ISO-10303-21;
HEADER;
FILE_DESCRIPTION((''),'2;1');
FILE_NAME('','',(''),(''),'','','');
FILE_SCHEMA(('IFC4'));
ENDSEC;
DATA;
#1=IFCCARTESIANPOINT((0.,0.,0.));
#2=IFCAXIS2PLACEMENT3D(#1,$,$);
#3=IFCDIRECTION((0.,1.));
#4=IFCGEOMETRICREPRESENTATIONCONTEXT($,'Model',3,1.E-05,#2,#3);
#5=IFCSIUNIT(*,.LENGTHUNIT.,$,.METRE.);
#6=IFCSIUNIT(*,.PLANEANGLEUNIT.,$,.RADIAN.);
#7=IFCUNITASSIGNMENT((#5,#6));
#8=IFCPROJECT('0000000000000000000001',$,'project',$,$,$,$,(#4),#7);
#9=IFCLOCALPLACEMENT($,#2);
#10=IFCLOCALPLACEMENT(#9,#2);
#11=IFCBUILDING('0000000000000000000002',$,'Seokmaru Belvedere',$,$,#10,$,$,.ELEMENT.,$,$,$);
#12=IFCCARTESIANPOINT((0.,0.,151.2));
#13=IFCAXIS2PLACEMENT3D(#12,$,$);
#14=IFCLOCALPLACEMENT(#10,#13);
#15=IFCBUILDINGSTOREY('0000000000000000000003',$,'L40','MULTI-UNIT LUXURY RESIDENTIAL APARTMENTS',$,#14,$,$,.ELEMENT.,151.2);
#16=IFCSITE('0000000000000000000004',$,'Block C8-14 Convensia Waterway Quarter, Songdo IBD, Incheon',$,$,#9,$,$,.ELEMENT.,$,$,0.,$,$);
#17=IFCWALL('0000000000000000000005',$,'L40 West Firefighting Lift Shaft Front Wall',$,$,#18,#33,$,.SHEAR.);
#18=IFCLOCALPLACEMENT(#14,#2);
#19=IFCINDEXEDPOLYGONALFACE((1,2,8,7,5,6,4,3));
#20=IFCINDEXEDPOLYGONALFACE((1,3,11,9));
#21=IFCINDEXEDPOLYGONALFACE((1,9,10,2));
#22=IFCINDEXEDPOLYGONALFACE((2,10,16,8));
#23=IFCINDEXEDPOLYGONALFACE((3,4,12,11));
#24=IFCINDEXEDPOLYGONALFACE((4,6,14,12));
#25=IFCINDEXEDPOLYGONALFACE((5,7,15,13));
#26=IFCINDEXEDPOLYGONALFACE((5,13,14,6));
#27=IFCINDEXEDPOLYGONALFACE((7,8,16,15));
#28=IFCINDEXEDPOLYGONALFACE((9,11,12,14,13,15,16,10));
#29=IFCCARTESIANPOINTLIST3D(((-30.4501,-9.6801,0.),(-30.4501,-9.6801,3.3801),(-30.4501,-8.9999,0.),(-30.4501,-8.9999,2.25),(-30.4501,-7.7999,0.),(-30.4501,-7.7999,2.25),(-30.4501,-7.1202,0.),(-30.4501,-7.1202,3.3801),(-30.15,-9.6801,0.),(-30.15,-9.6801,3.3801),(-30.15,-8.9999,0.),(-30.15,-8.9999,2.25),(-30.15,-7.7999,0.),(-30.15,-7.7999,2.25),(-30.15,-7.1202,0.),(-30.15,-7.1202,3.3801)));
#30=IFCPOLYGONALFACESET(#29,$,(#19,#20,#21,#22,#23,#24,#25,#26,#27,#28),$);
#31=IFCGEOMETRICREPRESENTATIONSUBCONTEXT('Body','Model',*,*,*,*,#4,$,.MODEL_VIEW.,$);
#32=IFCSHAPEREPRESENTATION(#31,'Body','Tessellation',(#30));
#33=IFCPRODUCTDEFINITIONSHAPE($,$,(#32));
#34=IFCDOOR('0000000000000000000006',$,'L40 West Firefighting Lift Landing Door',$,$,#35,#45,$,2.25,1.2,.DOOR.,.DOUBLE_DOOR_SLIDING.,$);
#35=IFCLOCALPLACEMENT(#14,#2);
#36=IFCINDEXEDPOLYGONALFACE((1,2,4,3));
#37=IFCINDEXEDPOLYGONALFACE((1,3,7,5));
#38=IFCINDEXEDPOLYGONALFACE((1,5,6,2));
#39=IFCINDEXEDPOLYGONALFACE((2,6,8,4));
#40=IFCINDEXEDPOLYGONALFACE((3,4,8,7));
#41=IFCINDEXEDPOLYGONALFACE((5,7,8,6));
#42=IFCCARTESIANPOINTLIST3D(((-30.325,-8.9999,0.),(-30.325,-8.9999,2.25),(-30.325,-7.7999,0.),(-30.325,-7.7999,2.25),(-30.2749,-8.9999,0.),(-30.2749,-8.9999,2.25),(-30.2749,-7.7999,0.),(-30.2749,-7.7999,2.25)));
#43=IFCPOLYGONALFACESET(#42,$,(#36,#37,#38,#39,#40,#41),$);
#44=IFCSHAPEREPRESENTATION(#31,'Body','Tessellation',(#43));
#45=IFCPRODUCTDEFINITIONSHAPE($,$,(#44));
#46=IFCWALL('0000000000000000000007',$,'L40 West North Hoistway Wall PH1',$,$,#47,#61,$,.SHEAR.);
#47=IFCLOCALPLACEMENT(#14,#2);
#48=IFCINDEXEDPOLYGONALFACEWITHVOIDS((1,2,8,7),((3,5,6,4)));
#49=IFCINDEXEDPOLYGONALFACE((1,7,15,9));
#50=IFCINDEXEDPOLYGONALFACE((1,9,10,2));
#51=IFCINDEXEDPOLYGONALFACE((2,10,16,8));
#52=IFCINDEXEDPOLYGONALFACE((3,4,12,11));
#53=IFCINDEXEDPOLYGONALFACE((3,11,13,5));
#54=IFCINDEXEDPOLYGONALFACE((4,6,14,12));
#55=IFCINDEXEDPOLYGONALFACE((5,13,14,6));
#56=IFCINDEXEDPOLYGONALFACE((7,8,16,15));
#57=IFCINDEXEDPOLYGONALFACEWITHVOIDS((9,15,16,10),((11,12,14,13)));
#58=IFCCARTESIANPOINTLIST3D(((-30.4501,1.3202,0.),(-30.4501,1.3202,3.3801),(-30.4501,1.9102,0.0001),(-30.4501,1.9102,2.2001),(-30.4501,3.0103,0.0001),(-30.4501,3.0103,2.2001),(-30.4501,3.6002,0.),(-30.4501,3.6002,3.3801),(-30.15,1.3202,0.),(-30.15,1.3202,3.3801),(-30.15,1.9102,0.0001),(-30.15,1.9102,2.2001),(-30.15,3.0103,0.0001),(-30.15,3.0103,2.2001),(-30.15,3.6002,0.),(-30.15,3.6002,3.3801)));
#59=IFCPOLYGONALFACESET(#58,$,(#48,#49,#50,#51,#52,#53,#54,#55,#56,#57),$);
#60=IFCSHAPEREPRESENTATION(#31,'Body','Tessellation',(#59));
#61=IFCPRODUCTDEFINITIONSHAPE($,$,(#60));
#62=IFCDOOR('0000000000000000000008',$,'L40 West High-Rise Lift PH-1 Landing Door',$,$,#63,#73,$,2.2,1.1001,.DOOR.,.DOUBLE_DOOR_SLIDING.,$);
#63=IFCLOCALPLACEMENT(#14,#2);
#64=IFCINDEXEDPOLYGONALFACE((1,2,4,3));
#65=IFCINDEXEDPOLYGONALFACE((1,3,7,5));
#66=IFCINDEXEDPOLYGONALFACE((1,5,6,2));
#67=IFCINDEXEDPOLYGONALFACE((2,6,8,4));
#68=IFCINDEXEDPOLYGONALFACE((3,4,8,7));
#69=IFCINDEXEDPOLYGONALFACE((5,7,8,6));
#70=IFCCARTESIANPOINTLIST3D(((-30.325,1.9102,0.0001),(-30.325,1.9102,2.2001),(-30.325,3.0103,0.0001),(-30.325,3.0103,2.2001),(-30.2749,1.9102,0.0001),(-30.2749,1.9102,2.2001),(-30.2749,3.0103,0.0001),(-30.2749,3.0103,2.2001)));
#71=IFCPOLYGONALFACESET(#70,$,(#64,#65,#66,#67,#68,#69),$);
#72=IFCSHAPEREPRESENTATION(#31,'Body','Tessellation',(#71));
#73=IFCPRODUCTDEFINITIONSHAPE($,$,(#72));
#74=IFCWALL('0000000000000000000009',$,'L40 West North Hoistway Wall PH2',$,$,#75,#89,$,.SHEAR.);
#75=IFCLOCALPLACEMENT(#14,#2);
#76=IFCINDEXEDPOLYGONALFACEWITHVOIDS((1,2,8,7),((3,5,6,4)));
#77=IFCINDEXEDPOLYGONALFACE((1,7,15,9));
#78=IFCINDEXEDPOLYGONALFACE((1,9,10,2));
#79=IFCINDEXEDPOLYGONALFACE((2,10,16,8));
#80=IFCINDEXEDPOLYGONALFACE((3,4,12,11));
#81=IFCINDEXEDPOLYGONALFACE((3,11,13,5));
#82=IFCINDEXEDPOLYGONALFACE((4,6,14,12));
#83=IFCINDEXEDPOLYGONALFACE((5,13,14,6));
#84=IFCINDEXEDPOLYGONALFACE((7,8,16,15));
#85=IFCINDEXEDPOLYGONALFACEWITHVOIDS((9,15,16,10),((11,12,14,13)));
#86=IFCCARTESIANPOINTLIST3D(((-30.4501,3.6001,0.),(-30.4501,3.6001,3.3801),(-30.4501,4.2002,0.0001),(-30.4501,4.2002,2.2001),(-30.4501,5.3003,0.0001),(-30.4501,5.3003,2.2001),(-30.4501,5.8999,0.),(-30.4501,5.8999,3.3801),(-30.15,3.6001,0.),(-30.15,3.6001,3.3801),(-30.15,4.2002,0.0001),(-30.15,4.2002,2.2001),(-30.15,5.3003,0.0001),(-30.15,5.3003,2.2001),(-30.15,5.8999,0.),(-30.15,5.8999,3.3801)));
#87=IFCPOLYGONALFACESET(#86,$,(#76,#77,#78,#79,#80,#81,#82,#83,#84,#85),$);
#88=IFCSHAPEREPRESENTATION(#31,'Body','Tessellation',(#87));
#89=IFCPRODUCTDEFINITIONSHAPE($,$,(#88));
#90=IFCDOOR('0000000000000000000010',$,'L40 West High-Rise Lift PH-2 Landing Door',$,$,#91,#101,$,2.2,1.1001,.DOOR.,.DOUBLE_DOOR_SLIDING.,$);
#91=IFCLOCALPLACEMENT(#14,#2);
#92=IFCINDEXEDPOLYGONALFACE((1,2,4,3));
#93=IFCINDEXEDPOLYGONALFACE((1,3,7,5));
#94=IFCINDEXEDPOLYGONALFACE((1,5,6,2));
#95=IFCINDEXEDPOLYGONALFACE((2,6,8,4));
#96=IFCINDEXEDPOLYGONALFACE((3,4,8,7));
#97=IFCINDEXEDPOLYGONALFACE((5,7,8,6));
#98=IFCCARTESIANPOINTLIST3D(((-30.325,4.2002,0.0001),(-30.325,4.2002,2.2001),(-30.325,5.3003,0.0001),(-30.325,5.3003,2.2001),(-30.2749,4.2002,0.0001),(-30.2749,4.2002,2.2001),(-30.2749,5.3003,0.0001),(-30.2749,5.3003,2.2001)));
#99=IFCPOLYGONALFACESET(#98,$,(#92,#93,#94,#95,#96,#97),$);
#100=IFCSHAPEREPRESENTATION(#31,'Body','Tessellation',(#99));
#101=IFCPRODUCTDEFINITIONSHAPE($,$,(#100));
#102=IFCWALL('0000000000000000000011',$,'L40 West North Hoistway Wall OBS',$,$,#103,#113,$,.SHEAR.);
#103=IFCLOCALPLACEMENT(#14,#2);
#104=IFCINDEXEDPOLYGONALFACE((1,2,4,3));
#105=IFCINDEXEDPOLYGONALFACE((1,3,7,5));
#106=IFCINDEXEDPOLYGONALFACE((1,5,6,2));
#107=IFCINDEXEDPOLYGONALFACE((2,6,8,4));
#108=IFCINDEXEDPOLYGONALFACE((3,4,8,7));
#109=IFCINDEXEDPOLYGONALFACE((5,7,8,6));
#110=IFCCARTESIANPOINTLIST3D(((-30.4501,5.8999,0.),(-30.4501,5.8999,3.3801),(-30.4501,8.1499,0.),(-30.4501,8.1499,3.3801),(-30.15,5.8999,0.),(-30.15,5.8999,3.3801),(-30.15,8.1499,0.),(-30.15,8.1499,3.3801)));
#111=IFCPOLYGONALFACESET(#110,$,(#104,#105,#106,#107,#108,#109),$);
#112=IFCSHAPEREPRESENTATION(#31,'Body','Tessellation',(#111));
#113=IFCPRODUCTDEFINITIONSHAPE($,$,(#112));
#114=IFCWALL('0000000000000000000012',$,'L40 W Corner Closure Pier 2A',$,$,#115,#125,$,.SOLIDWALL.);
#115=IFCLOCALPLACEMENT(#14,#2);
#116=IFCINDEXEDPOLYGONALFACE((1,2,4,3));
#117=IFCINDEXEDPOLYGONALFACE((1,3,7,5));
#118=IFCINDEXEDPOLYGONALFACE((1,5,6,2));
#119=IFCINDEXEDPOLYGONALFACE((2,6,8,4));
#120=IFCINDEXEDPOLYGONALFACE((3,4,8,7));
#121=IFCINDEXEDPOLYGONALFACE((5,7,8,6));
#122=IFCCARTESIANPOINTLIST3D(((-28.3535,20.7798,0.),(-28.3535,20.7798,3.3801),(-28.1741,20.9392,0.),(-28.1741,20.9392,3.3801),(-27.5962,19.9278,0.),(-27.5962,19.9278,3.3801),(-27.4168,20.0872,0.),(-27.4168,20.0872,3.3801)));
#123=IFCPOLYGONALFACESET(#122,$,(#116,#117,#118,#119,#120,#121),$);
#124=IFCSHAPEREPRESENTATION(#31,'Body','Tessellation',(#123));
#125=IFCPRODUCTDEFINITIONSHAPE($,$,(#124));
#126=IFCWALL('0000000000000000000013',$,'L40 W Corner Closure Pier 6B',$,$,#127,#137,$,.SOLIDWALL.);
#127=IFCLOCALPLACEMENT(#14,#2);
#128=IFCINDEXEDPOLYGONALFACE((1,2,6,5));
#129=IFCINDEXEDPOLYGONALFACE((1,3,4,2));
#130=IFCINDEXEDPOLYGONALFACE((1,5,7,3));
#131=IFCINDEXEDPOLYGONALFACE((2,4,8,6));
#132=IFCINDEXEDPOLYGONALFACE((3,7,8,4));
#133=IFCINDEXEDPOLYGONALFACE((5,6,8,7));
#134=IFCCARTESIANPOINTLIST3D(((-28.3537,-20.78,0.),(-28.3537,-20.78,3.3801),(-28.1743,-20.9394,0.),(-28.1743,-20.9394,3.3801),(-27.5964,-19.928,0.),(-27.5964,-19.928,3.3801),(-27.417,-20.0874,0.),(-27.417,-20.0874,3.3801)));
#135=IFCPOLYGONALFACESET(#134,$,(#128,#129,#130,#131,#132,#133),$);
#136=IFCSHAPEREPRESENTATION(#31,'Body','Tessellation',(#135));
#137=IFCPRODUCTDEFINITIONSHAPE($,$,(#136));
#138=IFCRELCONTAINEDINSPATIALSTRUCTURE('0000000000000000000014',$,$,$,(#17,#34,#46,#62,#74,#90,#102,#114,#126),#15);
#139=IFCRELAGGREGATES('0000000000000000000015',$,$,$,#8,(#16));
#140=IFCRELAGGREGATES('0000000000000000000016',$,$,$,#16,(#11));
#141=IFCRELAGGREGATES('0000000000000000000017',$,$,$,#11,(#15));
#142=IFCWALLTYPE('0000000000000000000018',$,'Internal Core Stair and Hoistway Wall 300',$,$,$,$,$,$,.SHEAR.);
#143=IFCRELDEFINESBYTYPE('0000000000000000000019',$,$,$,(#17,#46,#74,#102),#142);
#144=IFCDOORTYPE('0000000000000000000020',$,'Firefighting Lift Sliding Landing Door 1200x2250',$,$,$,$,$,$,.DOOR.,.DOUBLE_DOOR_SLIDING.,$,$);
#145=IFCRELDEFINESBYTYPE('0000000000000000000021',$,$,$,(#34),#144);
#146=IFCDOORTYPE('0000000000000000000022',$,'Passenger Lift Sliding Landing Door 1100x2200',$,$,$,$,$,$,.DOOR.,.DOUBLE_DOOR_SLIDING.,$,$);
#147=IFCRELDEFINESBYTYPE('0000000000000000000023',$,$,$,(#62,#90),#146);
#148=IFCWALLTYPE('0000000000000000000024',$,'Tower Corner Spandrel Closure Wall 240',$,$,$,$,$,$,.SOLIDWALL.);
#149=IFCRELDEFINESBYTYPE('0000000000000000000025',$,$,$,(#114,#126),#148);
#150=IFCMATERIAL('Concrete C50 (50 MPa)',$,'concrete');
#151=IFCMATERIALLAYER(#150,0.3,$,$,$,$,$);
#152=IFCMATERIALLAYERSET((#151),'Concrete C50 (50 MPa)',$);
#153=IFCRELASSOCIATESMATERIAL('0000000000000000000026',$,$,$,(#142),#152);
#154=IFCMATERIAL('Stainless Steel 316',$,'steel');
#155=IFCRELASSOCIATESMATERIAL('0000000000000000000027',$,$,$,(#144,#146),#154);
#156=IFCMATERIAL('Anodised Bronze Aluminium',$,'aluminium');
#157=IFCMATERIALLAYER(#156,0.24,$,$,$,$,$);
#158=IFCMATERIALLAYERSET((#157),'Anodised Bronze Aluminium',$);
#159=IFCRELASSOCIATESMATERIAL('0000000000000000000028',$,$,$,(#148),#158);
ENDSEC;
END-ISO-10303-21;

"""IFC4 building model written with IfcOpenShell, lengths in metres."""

from ifc_helpers import new_model, si_unit, direction, frame, frame_2d, origin, place, context, subcontext, project, spatial, rectangle, extrude, source, transform, mapped, material, layer, layer_set, type_object, type_shapes, element, fill, save


model = new_model("IFC4")

# Units and contexts
model_context = context("Model", 3, precision=1e-05, world=origin(), true_north=direction((0.0, 1.0)))
body_context = subcontext(model_context, "Body", "Model", "MODEL_VIEW")
ifc_project = project(units=[si_unit("LENGTHUNIT", "METRE"), si_unit("PLANEANGLEUNIT", "RADIAN")], contexts=[model_context])

# Site, building, storey
site_placement = place(None, origin())
site = spatial("IfcSite", under=ifc_project, at=site_placement, Name="Block C8-14 Convensia Waterway Quarter, Songdo IBD, Incheon", CompositionType="ELEMENT", RefElevation=0.0)
building_placement = place(site_placement, origin())
building = spatial("IfcBuilding", under=site, at=building_placement, Name="Seokmaru Belvedere", CompositionType="ELEMENT")
storey_placement = place(building_placement, frame((0.0, 0.0, 151.2)))
storey = spatial("IfcBuildingStorey", under=building, at=storey_placement, Name="L40", Description="MULTI-UNIT LUXURY RESIDENTIAL APARTMENTS", CompositionType="ELEMENT", Elevation=151.2)

# Shared definitions
ifc_material_1 = material(Name="Anodised Bronze Aluminium", Category="aluminium")

# Shared definitions
ifc_material_2 = material(Name="Concrete C50 (50 MPa)", Category="concrete")

# Walls, openings, doors
ifc_layer_1 = layer(ifc_material_2, 0.3)
ifc_layer_set_1 = layer_set([ifc_layer_1], Name="Concrete C50 (50 MPa)")
wall_type_1 = type_object("IfcWallType", Name="Internal Core Stair and Hoistway Wall 300", PredefinedType="SHEAR", material=ifc_layer_set_1)
wall_1_placement = place(storey_placement, frame((-30.3, -9.6799, 0.0), z_axis=(0.0, 0.0, 1.0), x_axis=(0.0, 1.0, 0.0)))
wall_1 = element("IfcWall", 1, at=wall_1_placement, inside=storey, type_object=wall_type_1, Name="L40 West Firefighting Lift Shaft Front Wall", PredefinedType="SHEAR", context=body_context, shape_type="SweptSolid", body=[
    extrude(rectangle(XDim=2.5598, YDim=0.3, at=frame_2d((1.2798, 0.0))), origin(), (0.0, 0.0, 1.0), 3.3801),
])
opening_1_placement = place(wall_1_placement, frame((0.6799, 0.0, 0.0)))
opening_1 = element("IfcOpeningElement", 2, at=opening_1_placement, cuts=wall_1, PredefinedType="OPENING", context=body_context, shape_type="SweptSolid", body=[
    extrude(rectangle(XDim=1.2, YDim=2.25, at=frame_2d((0.6001, 1.125))), frame((0.0, 0.1602, 0.0), z_axis=(0.0, -1.0, 0.0), x_axis=(1.0, 0.0, 0.0)), (0.0, 0.0, 1.0), 0.3201),
])
ifc_material_3 = material(Name="Stainless Steel 316", Category="steel")
door_type_1 = type_object("IfcDoorType", Name="Firefighting Lift Sliding Landing Door 1200x2250", OperationType="DOUBLE_DOOR_SLIDING", PredefinedType="DOOR", material=ifc_material_3)
shared_shape_1 = source(origin(), body_context, "Body", "SweptSolid", [
    extrude(rectangle(XDim=1.2, YDim=2.25, at=frame_2d((0.6001, 1.125))), frame((0.0, 0.0249, 0.0), z_axis=(0.0, -1.0, 0.0), x_axis=(1.0, 0.0, 0.0)), (0.0, 0.0, 1.0), 0.05),
])
type_shapes(door_type_1, [shared_shape_1])
door_1_placement = place(opening_1_placement, origin())
door_1 = element("IfcDoor", 3, at=door_1_placement, inside=storey, type_object=door_type_1, Name="L40 West Firefighting Lift Landing Door", OperationType="DOUBLE_DOOR_SLIDING", OverallHeight=2.25, OverallWidth=1.2, PredefinedType="DOOR", context=body_context, shape_type="MappedRepresentation", body=[
    mapped(shared_shape_1, transform((0.0, 0.0, 0.0), scale=1.0)),
])
fill(opening_1, door_1)
wall_2_placement = place(storey_placement, frame((-30.3, 1.3201, 0.0), z_axis=(0.0, 0.0, 1.0), x_axis=(0.0, 1.0, 0.0)))
wall_2 = element("IfcWall", 4, at=wall_2_placement, inside=storey, type_object=wall_type_1, Name="L40 West North Hoistway Wall PH1", PredefinedType="SHEAR", context=body_context, shape_type="SweptSolid", body=[
    extrude(rectangle(XDim=2.28, YDim=0.3, at=frame_2d((1.1401, 0.0))), origin(), (0.0, 0.0, 1.0), 3.3801),
])
opening_2_placement = place(wall_2_placement, frame((0.5901, 0.0, 0.0)))
opening_2 = element("IfcOpeningElement", 5, at=opening_2_placement, cuts=wall_2, PredefinedType="OPENING", context=body_context, shape_type="SweptSolid", body=[
    extrude(rectangle(XDim=1.1001, YDim=2.2, at=frame_2d((0.55, 1.1001))), frame((0.0, 0.1602, 0.0), z_axis=(0.0, -1.0, 0.0), x_axis=(1.0, 0.0, 0.0)), (0.0, 0.0, 1.0), 0.3201),
])
door_type_2 = type_object("IfcDoorType", Name="Passenger Lift Sliding Landing Door 1100x2200", OperationType="DOUBLE_DOOR_SLIDING", PredefinedType="DOOR", material=ifc_material_3)
shared_shape_2 = source(origin(), body_context, "Body", "SweptSolid", [
    extrude(rectangle(XDim=1.1001, YDim=2.2, at=frame_2d((0.55, 1.1001))), frame((0.0, 0.0249, 0.0), z_axis=(0.0, -1.0, 0.0), x_axis=(1.0, 0.0, 0.0)), (0.0, 0.0, 1.0), 0.05),
])
type_shapes(door_type_2, [shared_shape_2])
door_2_placement = place(opening_2_placement, origin())
door_2 = element("IfcDoor", 6, at=door_2_placement, inside=storey, type_object=door_type_2, Name="L40 West High-Rise Lift PH-1 Landing Door", OperationType="DOUBLE_DOOR_SLIDING", OverallHeight=2.2, OverallWidth=1.1001, PredefinedType="DOOR", context=body_context, shape_type="MappedRepresentation", body=[
    mapped(shared_shape_2, transform((0.0, 0.0, 0.0), scale=1.0)),
])
fill(opening_2, door_2)
wall_3_placement = place(storey_placement, frame((-30.3, 3.6001, 0.0), z_axis=(0.0, 0.0, 1.0), x_axis=(0.0, 1.0, 0.0)))
wall_3 = element("IfcWall", 7, at=wall_3_placement, inside=storey, type_object=wall_type_1, Name="L40 West North Hoistway Wall PH2", PredefinedType="SHEAR", context=body_context, shape_type="SweptSolid", body=[
    extrude(rectangle(XDim=2.2998, YDim=0.3, at=frame_2d((1.1499, 0.0))), origin(), (0.0, 0.0, 1.0), 3.3801),
])
opening_3_placement = place(wall_3_placement, frame((0.6001, 0.0, 0.0)))
opening_3 = element("IfcOpeningElement", 8, at=opening_3_placement, cuts=wall_3, PredefinedType="OPENING", context=body_context, shape_type="SweptSolid", body=[
    extrude(rectangle(XDim=1.1001, YDim=2.2, at=frame_2d((0.55, 1.1001))), frame((0.0, 0.1602, 0.0), z_axis=(0.0, -1.0, 0.0), x_axis=(1.0, 0.0, 0.0)), (0.0, 0.0, 1.0), 0.3201),
])
door_3_placement = place(opening_3_placement, origin())
door_3 = element("IfcDoor", 9, at=door_3_placement, inside=storey, type_object=door_type_2, Name="L40 West High-Rise Lift PH-2 Landing Door", OperationType="DOUBLE_DOOR_SLIDING", OverallHeight=2.2, OverallWidth=1.1001, PredefinedType="DOOR", context=body_context, shape_type="MappedRepresentation", body=[
    mapped(shared_shape_2, transform((0.0, 0.0, 0.0), scale=1.0)),
])
fill(opening_3, door_3)

# Wall
wall_4_placement = place(storey_placement, frame((-30.3, 5.8999, 0.0), z_axis=(0.0, 0.0, 1.0), x_axis=(0.0, 1.0, 0.0)))
element("IfcWall", 10, at=wall_4_placement, inside=storey, type_object=wall_type_1, Name="L40 West North Hoistway Wall OBS", PredefinedType="SHEAR", context=body_context, shape_type="SweptSolid", body=[
    extrude(rectangle(XDim=2.25, YDim=0.3, at=frame_2d((1.125, 0.0))), origin(), (0.0, 0.0, 1.0), 3.3801),
])

# Walls
ifc_layer_2 = layer(ifc_material_1, 0.24)
ifc_layer_set_2 = layer_set([ifc_layer_2], Name="Anodised Bronze Aluminium")
wall_type_2 = type_object("IfcWallType", Name="Tower Corner Spandrel Closure Wall 240", PredefinedType="SOLIDWALL", material=ifc_layer_set_2)
for number, where, z_axis, x_axis, name in (
    (11, (-27.5066, 20.0076, 0.0), (0.0, 0.0, 1.0), (-0.664337, 0.747433, 0.0), "L40 W Corner Closure Pier 2A"),
    (12, (-28.2639, -20.8596, 0.0), (0.0, 0.0, 1.0), (0.664337, 0.747433, 0.0), "L40 W Corner Closure Pier 6B"),
):
    element("IfcWall", number, at=place(storey_placement, frame(where, z_axis=z_axis, x_axis=x_axis)), inside=storey, type_object=wall_type_2, Name=name, PredefinedType="SOLIDWALL", context=body_context, shape_type="SweptSolid", body=[
        extrude(rectangle(XDim=1.1399, YDim=0.24, at=frame_2d((0.5698, 0.0))), origin(), (0.0, 0.0, 1.0), 3.3801),
    ])

save(model, "model.ifc")
